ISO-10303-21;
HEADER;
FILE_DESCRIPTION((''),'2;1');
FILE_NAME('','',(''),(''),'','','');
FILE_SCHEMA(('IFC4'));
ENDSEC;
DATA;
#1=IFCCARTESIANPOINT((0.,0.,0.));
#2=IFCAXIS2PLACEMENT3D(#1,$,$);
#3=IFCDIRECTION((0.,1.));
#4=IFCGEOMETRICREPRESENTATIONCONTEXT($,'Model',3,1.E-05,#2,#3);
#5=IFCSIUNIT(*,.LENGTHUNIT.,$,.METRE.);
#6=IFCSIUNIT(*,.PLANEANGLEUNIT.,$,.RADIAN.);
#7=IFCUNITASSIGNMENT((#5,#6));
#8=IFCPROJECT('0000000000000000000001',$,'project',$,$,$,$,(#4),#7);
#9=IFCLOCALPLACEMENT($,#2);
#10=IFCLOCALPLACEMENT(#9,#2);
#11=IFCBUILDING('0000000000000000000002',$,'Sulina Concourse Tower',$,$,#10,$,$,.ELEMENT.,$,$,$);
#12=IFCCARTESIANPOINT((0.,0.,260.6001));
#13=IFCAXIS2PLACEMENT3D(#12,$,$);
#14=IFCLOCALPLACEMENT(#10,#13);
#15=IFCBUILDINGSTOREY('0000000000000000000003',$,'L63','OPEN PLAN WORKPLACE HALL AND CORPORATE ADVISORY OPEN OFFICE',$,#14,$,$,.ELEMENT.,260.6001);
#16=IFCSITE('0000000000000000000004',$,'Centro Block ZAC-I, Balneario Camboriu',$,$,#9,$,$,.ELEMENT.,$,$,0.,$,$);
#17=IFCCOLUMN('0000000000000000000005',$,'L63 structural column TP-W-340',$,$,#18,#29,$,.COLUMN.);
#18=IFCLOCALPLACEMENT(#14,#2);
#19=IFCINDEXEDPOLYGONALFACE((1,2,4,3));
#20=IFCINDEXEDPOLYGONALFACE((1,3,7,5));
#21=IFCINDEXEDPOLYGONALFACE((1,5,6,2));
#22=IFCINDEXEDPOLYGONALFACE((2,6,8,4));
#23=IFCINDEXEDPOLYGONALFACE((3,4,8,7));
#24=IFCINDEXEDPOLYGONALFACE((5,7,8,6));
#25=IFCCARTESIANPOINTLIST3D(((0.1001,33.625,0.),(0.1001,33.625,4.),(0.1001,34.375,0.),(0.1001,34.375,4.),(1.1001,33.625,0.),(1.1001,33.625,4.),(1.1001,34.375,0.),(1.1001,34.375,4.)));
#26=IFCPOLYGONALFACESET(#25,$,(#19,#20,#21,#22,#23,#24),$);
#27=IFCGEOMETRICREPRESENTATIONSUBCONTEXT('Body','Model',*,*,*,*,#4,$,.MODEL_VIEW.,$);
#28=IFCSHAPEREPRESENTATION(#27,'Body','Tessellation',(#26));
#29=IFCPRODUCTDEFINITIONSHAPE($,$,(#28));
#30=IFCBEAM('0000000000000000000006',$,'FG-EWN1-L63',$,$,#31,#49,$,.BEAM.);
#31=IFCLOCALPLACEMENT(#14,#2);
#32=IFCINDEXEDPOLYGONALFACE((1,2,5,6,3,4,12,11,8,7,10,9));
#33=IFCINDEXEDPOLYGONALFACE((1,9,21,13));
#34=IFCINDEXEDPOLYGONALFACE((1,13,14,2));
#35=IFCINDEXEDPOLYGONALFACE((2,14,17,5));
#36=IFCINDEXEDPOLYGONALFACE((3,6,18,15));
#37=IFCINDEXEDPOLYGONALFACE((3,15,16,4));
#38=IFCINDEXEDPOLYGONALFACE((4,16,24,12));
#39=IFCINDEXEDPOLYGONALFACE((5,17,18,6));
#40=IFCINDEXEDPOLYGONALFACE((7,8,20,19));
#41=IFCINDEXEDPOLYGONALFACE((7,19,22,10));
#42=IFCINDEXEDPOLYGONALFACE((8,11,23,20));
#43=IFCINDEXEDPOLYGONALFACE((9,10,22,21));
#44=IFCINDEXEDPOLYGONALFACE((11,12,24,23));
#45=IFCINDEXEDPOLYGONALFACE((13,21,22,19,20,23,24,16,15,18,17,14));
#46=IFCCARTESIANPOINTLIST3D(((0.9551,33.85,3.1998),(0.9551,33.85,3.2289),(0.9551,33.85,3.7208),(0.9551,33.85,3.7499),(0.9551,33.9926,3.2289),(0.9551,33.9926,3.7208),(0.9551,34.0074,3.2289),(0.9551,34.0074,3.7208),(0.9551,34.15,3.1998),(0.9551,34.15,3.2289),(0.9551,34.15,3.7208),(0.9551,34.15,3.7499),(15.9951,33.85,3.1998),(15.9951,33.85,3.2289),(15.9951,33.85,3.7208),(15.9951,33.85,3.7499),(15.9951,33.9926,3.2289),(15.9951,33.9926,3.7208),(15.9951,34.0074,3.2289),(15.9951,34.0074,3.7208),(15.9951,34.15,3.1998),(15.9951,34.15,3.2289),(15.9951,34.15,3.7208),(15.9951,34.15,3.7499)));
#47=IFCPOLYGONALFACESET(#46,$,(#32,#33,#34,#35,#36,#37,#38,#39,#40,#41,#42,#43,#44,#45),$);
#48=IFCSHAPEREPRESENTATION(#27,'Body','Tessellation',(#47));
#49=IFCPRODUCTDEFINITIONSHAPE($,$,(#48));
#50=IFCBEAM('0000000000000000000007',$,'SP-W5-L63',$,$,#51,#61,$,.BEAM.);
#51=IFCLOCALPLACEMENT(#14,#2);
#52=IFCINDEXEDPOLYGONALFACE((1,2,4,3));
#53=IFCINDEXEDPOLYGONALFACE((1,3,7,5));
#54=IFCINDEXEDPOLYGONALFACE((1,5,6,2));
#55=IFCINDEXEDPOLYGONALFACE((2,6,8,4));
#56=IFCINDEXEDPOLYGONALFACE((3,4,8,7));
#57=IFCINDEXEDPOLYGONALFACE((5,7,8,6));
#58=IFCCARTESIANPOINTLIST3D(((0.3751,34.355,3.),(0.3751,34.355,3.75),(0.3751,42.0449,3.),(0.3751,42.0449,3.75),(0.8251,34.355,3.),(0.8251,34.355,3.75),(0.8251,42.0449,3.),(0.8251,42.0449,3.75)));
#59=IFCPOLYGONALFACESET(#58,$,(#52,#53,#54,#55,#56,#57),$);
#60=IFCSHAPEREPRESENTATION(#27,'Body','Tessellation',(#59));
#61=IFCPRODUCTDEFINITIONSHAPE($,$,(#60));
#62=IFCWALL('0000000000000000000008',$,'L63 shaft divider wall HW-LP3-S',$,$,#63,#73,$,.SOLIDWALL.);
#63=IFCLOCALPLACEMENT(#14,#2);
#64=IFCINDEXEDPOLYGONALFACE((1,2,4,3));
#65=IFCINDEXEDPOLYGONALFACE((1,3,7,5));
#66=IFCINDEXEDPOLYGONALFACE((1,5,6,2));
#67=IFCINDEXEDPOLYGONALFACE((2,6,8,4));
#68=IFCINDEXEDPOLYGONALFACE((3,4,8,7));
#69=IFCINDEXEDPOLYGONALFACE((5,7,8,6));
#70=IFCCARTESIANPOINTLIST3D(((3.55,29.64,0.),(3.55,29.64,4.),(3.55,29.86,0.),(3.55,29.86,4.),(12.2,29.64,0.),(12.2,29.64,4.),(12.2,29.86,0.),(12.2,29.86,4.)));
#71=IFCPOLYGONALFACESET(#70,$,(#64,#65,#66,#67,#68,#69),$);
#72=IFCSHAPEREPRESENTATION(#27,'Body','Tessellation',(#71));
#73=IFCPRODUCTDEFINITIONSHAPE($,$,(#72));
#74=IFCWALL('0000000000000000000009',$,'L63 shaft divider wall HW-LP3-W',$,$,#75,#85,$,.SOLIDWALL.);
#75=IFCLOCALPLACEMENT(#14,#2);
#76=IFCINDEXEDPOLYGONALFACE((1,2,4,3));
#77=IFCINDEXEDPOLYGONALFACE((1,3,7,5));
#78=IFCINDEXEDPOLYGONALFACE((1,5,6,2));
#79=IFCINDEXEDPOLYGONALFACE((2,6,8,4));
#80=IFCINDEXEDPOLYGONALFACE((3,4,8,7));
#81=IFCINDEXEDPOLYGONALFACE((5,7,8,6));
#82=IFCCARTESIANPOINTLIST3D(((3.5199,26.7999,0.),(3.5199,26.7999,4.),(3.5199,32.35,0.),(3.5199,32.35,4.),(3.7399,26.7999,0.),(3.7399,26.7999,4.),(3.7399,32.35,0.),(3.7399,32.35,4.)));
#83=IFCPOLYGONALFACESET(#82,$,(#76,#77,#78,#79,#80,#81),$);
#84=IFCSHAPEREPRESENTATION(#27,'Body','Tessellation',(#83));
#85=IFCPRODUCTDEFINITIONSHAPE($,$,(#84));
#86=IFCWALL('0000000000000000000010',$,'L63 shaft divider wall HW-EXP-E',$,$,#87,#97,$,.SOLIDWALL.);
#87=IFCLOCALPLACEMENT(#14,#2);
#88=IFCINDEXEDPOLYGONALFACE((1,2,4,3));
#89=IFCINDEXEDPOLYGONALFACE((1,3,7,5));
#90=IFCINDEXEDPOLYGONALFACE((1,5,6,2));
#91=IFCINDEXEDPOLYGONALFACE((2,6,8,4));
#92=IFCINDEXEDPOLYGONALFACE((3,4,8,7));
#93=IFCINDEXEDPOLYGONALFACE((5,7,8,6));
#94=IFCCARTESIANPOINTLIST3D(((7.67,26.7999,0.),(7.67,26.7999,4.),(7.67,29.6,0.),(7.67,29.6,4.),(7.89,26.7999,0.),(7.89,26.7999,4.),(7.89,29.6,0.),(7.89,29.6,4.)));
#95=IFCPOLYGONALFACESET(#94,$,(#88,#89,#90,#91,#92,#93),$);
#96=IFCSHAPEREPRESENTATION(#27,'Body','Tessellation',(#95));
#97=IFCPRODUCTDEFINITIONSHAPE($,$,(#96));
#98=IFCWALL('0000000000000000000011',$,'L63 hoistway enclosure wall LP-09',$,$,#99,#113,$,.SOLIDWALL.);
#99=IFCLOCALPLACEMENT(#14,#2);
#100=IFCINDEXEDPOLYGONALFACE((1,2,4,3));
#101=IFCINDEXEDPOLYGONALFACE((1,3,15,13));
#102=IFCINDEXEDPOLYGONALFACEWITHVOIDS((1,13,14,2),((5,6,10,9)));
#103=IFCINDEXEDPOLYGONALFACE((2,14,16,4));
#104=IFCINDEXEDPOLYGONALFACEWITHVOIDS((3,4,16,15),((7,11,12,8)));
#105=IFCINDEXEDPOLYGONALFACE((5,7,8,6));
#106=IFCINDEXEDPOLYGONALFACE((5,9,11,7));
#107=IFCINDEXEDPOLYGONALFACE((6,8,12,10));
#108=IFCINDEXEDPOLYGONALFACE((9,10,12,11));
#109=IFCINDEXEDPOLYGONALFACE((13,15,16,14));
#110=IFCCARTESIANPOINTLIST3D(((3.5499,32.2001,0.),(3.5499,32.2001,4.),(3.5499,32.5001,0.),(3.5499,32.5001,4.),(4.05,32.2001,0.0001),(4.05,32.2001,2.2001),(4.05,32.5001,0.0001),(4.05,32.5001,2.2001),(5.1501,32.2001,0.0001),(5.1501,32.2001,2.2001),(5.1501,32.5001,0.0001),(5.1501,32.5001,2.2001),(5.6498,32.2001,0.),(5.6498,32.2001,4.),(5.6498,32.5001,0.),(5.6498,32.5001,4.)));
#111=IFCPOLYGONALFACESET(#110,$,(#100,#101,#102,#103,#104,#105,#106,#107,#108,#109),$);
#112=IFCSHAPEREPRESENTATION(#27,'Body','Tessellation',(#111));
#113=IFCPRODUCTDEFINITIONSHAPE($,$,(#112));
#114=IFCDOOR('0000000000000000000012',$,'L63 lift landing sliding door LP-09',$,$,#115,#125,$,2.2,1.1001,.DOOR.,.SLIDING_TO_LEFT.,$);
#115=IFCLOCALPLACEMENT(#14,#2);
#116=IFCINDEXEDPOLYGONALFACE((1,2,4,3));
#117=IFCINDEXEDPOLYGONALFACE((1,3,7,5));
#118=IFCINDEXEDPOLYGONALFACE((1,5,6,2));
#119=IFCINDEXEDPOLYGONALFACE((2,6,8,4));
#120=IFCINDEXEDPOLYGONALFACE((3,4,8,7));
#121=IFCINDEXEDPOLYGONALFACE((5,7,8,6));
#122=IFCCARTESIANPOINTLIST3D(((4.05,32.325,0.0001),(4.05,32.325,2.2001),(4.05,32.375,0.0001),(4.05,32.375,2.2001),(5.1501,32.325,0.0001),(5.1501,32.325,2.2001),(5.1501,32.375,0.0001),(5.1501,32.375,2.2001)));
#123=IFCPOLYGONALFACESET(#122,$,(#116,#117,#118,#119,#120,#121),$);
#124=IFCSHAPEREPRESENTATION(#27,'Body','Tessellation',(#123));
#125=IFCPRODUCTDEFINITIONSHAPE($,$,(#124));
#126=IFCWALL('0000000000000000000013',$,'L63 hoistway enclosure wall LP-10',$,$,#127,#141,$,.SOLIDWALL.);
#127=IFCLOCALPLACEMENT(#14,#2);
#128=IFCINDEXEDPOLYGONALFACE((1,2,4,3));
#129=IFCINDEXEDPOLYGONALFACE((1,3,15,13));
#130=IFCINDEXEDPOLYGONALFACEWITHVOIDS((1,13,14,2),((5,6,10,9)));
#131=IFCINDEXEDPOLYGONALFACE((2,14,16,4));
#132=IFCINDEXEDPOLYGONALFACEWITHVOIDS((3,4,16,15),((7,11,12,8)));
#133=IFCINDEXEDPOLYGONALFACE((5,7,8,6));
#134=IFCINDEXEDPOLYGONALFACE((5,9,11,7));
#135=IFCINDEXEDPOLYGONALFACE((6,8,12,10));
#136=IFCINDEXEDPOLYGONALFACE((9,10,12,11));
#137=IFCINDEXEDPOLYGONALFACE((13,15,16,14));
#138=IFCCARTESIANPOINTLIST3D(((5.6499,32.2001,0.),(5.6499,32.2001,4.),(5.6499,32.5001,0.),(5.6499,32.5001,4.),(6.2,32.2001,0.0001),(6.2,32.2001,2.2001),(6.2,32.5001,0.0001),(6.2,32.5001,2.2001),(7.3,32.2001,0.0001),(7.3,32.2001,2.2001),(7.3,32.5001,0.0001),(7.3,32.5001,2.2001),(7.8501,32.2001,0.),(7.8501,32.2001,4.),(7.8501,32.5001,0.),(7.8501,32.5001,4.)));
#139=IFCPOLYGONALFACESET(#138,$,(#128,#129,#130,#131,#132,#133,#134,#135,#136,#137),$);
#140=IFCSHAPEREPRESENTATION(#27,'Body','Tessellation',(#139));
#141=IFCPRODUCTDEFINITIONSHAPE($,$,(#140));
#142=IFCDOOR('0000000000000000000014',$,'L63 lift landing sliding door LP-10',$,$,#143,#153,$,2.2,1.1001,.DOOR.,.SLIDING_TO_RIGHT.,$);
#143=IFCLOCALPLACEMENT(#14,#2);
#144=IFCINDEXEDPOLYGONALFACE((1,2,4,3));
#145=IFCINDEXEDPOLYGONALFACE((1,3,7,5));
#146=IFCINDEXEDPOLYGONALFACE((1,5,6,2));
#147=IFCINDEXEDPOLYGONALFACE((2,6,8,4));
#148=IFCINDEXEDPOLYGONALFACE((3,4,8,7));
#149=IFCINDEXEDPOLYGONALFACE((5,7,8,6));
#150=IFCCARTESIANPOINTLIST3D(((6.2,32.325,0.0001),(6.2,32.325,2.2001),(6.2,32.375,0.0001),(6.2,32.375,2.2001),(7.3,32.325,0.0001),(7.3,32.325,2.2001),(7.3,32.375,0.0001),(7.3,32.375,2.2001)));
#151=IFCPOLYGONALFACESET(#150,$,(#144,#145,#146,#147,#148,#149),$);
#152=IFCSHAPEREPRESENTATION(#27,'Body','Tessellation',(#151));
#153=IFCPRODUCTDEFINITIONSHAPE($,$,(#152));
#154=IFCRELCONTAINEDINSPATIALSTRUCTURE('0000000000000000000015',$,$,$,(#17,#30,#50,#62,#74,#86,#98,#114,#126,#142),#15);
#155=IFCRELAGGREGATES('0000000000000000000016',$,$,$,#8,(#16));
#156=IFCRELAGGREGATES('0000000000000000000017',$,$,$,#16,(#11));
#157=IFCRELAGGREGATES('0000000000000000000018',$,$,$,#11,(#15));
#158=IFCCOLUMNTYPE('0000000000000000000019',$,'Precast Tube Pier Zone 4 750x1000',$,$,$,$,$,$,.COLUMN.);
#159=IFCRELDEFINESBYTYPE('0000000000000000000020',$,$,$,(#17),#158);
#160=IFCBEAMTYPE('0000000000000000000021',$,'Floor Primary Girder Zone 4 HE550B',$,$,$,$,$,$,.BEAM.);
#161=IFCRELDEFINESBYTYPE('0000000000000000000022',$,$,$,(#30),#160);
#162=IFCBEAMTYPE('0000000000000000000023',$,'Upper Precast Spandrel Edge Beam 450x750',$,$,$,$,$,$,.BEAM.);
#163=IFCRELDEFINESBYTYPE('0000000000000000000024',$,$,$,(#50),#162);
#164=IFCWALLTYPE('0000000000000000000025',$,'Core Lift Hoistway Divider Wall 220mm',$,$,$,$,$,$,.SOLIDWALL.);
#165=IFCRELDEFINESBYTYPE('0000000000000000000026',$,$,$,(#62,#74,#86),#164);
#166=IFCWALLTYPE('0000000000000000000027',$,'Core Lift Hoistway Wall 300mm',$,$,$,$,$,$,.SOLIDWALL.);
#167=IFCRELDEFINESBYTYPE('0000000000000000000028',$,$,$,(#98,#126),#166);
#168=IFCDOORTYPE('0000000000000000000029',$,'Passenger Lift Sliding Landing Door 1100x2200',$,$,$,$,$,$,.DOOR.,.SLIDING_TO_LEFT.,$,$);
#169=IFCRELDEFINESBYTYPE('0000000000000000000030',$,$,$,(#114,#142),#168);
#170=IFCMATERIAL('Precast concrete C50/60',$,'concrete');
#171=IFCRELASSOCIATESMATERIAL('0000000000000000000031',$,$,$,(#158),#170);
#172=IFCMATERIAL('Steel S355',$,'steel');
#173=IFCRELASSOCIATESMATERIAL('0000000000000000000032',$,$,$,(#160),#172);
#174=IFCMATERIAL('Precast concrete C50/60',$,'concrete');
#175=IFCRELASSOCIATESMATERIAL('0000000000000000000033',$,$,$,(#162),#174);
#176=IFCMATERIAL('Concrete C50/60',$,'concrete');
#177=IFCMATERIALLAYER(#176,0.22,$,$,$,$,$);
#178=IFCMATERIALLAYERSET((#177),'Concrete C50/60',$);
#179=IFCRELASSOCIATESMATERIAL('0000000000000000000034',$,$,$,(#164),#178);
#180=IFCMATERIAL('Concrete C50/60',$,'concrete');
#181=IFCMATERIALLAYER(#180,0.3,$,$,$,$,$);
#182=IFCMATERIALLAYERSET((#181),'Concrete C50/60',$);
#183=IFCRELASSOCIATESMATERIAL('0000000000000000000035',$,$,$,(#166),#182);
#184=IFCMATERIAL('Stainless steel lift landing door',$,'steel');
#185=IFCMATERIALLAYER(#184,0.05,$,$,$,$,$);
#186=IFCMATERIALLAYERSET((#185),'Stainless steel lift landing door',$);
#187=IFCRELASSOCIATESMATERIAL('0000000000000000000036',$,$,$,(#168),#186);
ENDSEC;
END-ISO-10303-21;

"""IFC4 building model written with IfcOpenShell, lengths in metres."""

from ifc_helpers import new_model, si_unit, direction, frame, frame_2d, origin, origin_2d, place, context, subcontext, project, spatial, rectangle, i_section, extrude, material, layer, layer_set, material_profile, profile_set, type_object, element, fill, save


model = new_model("IFC4")

# Units and contexts
model_context = context("Model", 3, precision=1e-05, world=origin(), true_north=direction((0.0, 1.0)))
body_context = subcontext(model_context, "Body", "Model", "MODEL_VIEW")
ifc_project = project(units=[si_unit("LENGTHUNIT", "METRE"), si_unit("PLANEANGLEUNIT", "RADIAN")], contexts=[model_context])

# Site, building, storey
site_placement = place(None, origin())
site = spatial("IfcSite", under=ifc_project, at=site_placement, Name="Centro Block ZAC-I, Balneario Camboriu", CompositionType="ELEMENT", RefElevation=0.0)
building_placement = place(site_placement, origin())
building = spatial("IfcBuilding", under=site, at=building_placement, Name="Sulina Concourse Tower", CompositionType="ELEMENT")
storey_placement = place(building_placement, frame((0.0, 0.0, 260.6001)))
storey = spatial("IfcBuildingStorey", under=building, at=storey_placement, Name="L63", Description="OPEN PLAN WORKPLACE HALL AND CORPORATE ADVISORY OPEN OFFICE", CompositionType="ELEMENT", Elevation=260.6001)

# Column
ifc_material_1 = material(Name="Precast concrete C50/60", Category="concrete")
ifc_material_profile_1 = material_profile(ifc_material_1, rectangle(XDim=0.75, YDim=1.0, at=origin_2d()), Name="PC 750x1000")
ifc_profile_set_1 = profile_set([ifc_material_profile_1], Name="Precast concrete C50/60")
column_type = type_object("IfcColumnType", Name="Precast Tube Pier Zone 4 750x1000", PredefinedType="COLUMN", material=ifc_profile_set_1)
column_placement = place(storey_placement, frame((0.6001, 34.0, 0.0), z_axis=(0.0, 0.0, 1.0), x_axis=(0.0, 1.0, 0.0)))
element("IfcColumn", 1, at=column_placement, inside=storey, type_object=column_type, Name="L63 structural column TP-W-340", PredefinedType="COLUMN", context=body_context, shape_type="SweptSolid", body=[
    extrude(rectangle(XDim=0.75, YDim=1.0, at=origin_2d()), origin(), (0.0, 0.0, 1.0), 4.0),
])

# Beams
ifc_material_2 = material(Name="Steel S355", Category="steel")
ifc_material_profile_2 = material_profile(ifc_material_2, i_section(OverallWidth=0.3, OverallDepth=0.55, WebThickness=0.0149, FlangeThickness=0.0291, at=origin_2d()), Name="HE 550 B")
ifc_profile_set_2 = profile_set([ifc_material_profile_2], Name="Steel S355")
beam_type_1 = type_object("IfcBeamType", Name="Floor Primary Girder Zone 4 HE550B", PredefinedType="BEAM", material=ifc_profile_set_2)
beam_1_placement = place(storey_placement, frame((0.9551, 34.0, 3.4749), z_axis=(1.0, 0.0, 0.0), x_axis=(0.0, 1.0, 0.0)))
element("IfcBeam", 2, at=beam_1_placement, inside=storey, type_object=beam_type_1, Name="FG-EWN1-L63", PredefinedType="BEAM", context=body_context, shape_type="SweptSolid", body=[
    extrude(i_section(OverallWidth=0.3, OverallDepth=0.55, WebThickness=0.0149, FlangeThickness=0.0291, at=origin_2d()), origin(), (0.0, 0.0, 1.0), 15.04),
])
ifc_material_3 = material(Name="Precast concrete C50/60", Category="concrete")
ifc_material_profile_3 = material_profile(ifc_material_3, rectangle(XDim=0.45, YDim=0.75, at=origin_2d()), Name="RC 450x750")
ifc_profile_set_3 = profile_set([ifc_material_profile_3], Name="Precast concrete C50/60")
beam_type_2 = type_object("IfcBeamType", Name="Upper Precast Spandrel Edge Beam 450x750", PredefinedType="BEAM", material=ifc_profile_set_3)
beam_2_placement = place(storey_placement, frame((0.6001, 34.355, 3.375), z_axis=(0.0, 1.0, 0.0), x_axis=(-1.0, 0.0, 0.0)))
element("IfcBeam", 3, at=beam_2_placement, inside=storey, type_object=beam_type_2, Name="SP-W5-L63", PredefinedType="BEAM", context=body_context, shape_type="SweptSolid", body=[
    extrude(rectangle(XDim=0.45, YDim=0.75, at=origin_2d()), origin(), (0.0, 0.0, 1.0), 7.6899),
])

# Walls
ifc_material_4 = material(Name="Concrete C50/60", Category="concrete")
ifc_layer_1 = layer(ifc_material_4, 0.22)
ifc_layer_set_1 = layer_set([ifc_layer_1], Name="Concrete C50/60")
wall_type_1 = type_object("IfcWallType", Name="Core Lift Hoistway Divider Wall 220mm", PredefinedType="SOLIDWALL", material=ifc_layer_set_1)
wall_1_placement = place(storey_placement, frame((3.55, 29.75, 0.0), z_axis=(0.0, 0.0, 1.0), x_axis=(1.0, 0.0, 0.0)))
element("IfcWall", 4, at=wall_1_placement, inside=storey, type_object=wall_type_1, Name="L63 shaft divider wall HW-LP3-S", PredefinedType="SOLIDWALL", context=body_context, shape_type="SweptSolid", body=[
    extrude(rectangle(XDim=8.6499, YDim=0.22, at=frame_2d((4.325, 0.0))), origin(), (0.0, 0.0, 1.0), 4.0),
])
wall_2_placement = place(storey_placement, frame((3.6299, 26.8, 0.0), z_axis=(0.0, 0.0, 1.0), x_axis=(0.0, 1.0, 0.0)))
element("IfcWall", 5, at=wall_2_placement, inside=storey, type_object=wall_type_1, Name="L63 shaft divider wall HW-LP3-W", PredefinedType="SOLIDWALL", context=body_context, shape_type="SweptSolid", body=[
    extrude(rectangle(XDim=5.55, YDim=0.22, at=frame_2d((2.7749, 0.0))), origin(), (0.0, 0.0, 1.0), 4.0),
])
wall_3_placement = place(storey_placement, frame((7.78, 26.8, 0.0), z_axis=(0.0, 0.0, 1.0), x_axis=(0.0, 1.0, 0.0)))
element("IfcWall", 6, at=wall_3_placement, inside=storey, type_object=wall_type_1, Name="L63 shaft divider wall HW-EXP-E", PredefinedType="SOLIDWALL", context=body_context, shape_type="SweptSolid", body=[
    extrude(rectangle(XDim=2.8, YDim=0.22, at=frame_2d((1.3999, 0.0))), origin(), (0.0, 0.0, 1.0), 4.0),
])

# Walls, openings, doors
ifc_material_5 = material(Name="Concrete C50/60", Category="concrete")
ifc_layer_2 = layer(ifc_material_5, 0.3)
ifc_layer_set_2 = layer_set([ifc_layer_2], Name="Concrete C50/60")
wall_type_2 = type_object("IfcWallType", Name="Core Lift Hoistway Wall 300mm", PredefinedType="SOLIDWALL", material=ifc_layer_set_2)
wall_4_placement = place(storey_placement, frame((3.55, 32.3501, 0.0), z_axis=(0.0, 0.0, 1.0), x_axis=(1.0, 0.0, 0.0)))
wall_4 = element("IfcWall", 7, at=wall_4_placement, inside=storey, type_object=wall_type_2, Name="L63 hoistway enclosure wall LP-09", PredefinedType="SOLIDWALL", context=body_context, shape_type="SweptSolid", body=[
    extrude(rectangle(XDim=2.0999, YDim=0.3, at=frame_2d((1.0498, 0.0))), origin(), (0.0, 0.0, 1.0), 4.0),
])
opening_1_placement = place(wall_4_placement, frame((0.5, 0.0, 0.0)))
opening_1 = element("IfcOpeningElement", 8, at=opening_1_placement, cuts=wall_4, PredefinedType="OPENING", context=body_context, shape_type="SweptSolid", body=[
    extrude(rectangle(XDim=1.1001, YDim=2.2, at=frame_2d((0.55, 1.1001))), frame((0.0, 0.1599, 0.0), z_axis=(0.0, -1.0, 0.0), x_axis=(1.0, 0.0, 0.0)), (0.0, 0.0, 1.0), 0.3201),
])
ifc_material_6 = material(Name="Stainless steel lift landing door", Category="steel")
ifc_layer_3 = layer(ifc_material_6, 0.05)
ifc_layer_set_3 = layer_set([ifc_layer_3], Name="Stainless steel lift landing door")
door_type_1 = type_object("IfcDoorType", Name="Passenger Lift Sliding Landing Door 1100x2200", OperationType="SLIDING_TO_LEFT", PredefinedType="DOOR", material=ifc_layer_set_3)
door_1_placement = place(opening_1_placement, origin())
door_1 = element("IfcDoor", 9, at=door_1_placement, inside=storey, type_object=door_type_1, Name="L63 lift landing sliding door LP-09", OperationType="SLIDING_TO_LEFT", OverallHeight=2.2, OverallWidth=1.1001, PredefinedType="DOOR", context=body_context, shape_type="SweptSolid", body=[
    extrude(rectangle(XDim=1.1001, YDim=2.2, at=frame_2d((0.55, 1.1001))), frame((0.0, 0.0249, 0.0), z_axis=(0.0, -1.0, 0.0), x_axis=(1.0, 0.0, 0.0)), (0.0, 0.0, 1.0), 0.05),
])
fill(opening_1, door_1)
wall_5_placement = place(storey_placement, frame((5.6499, 32.3501, 0.0), z_axis=(0.0, 0.0, 1.0), x_axis=(1.0, 0.0, 0.0)))
wall_5 = element("IfcWall", 10, at=wall_5_placement, inside=storey, type_object=wall_type_2, Name="L63 hoistway enclosure wall LP-10", PredefinedType="SOLIDWALL", context=body_context, shape_type="SweptSolid", body=[
    extrude(rectangle(XDim=2.2002, YDim=0.3, at=frame_2d((1.1001, 0.0))), origin(), (0.0, 0.0, 1.0), 4.0),
])
opening_2_placement = place(wall_5_placement, frame((0.55, 0.0, 0.0)))
opening_2 = element("IfcOpeningElement", 11, at=opening_2_placement, cuts=wall_5, PredefinedType="OPENING", context=body_context, shape_type="SweptSolid", body=[
    extrude(rectangle(XDim=1.1001, YDim=2.2, at=frame_2d((0.55, 1.1001))), frame((0.0, 0.1599, 0.0), z_axis=(0.0, -1.0, 0.0), x_axis=(1.0, 0.0, 0.0)), (0.0, 0.0, 1.0), 0.3201),
])
door_2_placement = place(opening_2_placement, origin())
door_2 = element("IfcDoor", 12, at=door_2_placement, inside=storey, type_object=door_type_1, Name="L63 lift landing sliding door LP-10", OperationType="SLIDING_TO_RIGHT", OverallHeight=2.2, OverallWidth=1.1001, PredefinedType="DOOR", context=body_context, shape_type="SweptSolid", body=[
    extrude(rectangle(XDim=1.1001, YDim=2.2, at=frame_2d((0.55, 1.1001))), frame((0.0, 0.0249, 0.0), z_axis=(0.0, -1.0, 0.0), x_axis=(1.0, 0.0, 0.0)), (0.0, 0.0, 1.0), 0.05),
])
fill(opening_2, door_2)

save(model, "model.ifc")
